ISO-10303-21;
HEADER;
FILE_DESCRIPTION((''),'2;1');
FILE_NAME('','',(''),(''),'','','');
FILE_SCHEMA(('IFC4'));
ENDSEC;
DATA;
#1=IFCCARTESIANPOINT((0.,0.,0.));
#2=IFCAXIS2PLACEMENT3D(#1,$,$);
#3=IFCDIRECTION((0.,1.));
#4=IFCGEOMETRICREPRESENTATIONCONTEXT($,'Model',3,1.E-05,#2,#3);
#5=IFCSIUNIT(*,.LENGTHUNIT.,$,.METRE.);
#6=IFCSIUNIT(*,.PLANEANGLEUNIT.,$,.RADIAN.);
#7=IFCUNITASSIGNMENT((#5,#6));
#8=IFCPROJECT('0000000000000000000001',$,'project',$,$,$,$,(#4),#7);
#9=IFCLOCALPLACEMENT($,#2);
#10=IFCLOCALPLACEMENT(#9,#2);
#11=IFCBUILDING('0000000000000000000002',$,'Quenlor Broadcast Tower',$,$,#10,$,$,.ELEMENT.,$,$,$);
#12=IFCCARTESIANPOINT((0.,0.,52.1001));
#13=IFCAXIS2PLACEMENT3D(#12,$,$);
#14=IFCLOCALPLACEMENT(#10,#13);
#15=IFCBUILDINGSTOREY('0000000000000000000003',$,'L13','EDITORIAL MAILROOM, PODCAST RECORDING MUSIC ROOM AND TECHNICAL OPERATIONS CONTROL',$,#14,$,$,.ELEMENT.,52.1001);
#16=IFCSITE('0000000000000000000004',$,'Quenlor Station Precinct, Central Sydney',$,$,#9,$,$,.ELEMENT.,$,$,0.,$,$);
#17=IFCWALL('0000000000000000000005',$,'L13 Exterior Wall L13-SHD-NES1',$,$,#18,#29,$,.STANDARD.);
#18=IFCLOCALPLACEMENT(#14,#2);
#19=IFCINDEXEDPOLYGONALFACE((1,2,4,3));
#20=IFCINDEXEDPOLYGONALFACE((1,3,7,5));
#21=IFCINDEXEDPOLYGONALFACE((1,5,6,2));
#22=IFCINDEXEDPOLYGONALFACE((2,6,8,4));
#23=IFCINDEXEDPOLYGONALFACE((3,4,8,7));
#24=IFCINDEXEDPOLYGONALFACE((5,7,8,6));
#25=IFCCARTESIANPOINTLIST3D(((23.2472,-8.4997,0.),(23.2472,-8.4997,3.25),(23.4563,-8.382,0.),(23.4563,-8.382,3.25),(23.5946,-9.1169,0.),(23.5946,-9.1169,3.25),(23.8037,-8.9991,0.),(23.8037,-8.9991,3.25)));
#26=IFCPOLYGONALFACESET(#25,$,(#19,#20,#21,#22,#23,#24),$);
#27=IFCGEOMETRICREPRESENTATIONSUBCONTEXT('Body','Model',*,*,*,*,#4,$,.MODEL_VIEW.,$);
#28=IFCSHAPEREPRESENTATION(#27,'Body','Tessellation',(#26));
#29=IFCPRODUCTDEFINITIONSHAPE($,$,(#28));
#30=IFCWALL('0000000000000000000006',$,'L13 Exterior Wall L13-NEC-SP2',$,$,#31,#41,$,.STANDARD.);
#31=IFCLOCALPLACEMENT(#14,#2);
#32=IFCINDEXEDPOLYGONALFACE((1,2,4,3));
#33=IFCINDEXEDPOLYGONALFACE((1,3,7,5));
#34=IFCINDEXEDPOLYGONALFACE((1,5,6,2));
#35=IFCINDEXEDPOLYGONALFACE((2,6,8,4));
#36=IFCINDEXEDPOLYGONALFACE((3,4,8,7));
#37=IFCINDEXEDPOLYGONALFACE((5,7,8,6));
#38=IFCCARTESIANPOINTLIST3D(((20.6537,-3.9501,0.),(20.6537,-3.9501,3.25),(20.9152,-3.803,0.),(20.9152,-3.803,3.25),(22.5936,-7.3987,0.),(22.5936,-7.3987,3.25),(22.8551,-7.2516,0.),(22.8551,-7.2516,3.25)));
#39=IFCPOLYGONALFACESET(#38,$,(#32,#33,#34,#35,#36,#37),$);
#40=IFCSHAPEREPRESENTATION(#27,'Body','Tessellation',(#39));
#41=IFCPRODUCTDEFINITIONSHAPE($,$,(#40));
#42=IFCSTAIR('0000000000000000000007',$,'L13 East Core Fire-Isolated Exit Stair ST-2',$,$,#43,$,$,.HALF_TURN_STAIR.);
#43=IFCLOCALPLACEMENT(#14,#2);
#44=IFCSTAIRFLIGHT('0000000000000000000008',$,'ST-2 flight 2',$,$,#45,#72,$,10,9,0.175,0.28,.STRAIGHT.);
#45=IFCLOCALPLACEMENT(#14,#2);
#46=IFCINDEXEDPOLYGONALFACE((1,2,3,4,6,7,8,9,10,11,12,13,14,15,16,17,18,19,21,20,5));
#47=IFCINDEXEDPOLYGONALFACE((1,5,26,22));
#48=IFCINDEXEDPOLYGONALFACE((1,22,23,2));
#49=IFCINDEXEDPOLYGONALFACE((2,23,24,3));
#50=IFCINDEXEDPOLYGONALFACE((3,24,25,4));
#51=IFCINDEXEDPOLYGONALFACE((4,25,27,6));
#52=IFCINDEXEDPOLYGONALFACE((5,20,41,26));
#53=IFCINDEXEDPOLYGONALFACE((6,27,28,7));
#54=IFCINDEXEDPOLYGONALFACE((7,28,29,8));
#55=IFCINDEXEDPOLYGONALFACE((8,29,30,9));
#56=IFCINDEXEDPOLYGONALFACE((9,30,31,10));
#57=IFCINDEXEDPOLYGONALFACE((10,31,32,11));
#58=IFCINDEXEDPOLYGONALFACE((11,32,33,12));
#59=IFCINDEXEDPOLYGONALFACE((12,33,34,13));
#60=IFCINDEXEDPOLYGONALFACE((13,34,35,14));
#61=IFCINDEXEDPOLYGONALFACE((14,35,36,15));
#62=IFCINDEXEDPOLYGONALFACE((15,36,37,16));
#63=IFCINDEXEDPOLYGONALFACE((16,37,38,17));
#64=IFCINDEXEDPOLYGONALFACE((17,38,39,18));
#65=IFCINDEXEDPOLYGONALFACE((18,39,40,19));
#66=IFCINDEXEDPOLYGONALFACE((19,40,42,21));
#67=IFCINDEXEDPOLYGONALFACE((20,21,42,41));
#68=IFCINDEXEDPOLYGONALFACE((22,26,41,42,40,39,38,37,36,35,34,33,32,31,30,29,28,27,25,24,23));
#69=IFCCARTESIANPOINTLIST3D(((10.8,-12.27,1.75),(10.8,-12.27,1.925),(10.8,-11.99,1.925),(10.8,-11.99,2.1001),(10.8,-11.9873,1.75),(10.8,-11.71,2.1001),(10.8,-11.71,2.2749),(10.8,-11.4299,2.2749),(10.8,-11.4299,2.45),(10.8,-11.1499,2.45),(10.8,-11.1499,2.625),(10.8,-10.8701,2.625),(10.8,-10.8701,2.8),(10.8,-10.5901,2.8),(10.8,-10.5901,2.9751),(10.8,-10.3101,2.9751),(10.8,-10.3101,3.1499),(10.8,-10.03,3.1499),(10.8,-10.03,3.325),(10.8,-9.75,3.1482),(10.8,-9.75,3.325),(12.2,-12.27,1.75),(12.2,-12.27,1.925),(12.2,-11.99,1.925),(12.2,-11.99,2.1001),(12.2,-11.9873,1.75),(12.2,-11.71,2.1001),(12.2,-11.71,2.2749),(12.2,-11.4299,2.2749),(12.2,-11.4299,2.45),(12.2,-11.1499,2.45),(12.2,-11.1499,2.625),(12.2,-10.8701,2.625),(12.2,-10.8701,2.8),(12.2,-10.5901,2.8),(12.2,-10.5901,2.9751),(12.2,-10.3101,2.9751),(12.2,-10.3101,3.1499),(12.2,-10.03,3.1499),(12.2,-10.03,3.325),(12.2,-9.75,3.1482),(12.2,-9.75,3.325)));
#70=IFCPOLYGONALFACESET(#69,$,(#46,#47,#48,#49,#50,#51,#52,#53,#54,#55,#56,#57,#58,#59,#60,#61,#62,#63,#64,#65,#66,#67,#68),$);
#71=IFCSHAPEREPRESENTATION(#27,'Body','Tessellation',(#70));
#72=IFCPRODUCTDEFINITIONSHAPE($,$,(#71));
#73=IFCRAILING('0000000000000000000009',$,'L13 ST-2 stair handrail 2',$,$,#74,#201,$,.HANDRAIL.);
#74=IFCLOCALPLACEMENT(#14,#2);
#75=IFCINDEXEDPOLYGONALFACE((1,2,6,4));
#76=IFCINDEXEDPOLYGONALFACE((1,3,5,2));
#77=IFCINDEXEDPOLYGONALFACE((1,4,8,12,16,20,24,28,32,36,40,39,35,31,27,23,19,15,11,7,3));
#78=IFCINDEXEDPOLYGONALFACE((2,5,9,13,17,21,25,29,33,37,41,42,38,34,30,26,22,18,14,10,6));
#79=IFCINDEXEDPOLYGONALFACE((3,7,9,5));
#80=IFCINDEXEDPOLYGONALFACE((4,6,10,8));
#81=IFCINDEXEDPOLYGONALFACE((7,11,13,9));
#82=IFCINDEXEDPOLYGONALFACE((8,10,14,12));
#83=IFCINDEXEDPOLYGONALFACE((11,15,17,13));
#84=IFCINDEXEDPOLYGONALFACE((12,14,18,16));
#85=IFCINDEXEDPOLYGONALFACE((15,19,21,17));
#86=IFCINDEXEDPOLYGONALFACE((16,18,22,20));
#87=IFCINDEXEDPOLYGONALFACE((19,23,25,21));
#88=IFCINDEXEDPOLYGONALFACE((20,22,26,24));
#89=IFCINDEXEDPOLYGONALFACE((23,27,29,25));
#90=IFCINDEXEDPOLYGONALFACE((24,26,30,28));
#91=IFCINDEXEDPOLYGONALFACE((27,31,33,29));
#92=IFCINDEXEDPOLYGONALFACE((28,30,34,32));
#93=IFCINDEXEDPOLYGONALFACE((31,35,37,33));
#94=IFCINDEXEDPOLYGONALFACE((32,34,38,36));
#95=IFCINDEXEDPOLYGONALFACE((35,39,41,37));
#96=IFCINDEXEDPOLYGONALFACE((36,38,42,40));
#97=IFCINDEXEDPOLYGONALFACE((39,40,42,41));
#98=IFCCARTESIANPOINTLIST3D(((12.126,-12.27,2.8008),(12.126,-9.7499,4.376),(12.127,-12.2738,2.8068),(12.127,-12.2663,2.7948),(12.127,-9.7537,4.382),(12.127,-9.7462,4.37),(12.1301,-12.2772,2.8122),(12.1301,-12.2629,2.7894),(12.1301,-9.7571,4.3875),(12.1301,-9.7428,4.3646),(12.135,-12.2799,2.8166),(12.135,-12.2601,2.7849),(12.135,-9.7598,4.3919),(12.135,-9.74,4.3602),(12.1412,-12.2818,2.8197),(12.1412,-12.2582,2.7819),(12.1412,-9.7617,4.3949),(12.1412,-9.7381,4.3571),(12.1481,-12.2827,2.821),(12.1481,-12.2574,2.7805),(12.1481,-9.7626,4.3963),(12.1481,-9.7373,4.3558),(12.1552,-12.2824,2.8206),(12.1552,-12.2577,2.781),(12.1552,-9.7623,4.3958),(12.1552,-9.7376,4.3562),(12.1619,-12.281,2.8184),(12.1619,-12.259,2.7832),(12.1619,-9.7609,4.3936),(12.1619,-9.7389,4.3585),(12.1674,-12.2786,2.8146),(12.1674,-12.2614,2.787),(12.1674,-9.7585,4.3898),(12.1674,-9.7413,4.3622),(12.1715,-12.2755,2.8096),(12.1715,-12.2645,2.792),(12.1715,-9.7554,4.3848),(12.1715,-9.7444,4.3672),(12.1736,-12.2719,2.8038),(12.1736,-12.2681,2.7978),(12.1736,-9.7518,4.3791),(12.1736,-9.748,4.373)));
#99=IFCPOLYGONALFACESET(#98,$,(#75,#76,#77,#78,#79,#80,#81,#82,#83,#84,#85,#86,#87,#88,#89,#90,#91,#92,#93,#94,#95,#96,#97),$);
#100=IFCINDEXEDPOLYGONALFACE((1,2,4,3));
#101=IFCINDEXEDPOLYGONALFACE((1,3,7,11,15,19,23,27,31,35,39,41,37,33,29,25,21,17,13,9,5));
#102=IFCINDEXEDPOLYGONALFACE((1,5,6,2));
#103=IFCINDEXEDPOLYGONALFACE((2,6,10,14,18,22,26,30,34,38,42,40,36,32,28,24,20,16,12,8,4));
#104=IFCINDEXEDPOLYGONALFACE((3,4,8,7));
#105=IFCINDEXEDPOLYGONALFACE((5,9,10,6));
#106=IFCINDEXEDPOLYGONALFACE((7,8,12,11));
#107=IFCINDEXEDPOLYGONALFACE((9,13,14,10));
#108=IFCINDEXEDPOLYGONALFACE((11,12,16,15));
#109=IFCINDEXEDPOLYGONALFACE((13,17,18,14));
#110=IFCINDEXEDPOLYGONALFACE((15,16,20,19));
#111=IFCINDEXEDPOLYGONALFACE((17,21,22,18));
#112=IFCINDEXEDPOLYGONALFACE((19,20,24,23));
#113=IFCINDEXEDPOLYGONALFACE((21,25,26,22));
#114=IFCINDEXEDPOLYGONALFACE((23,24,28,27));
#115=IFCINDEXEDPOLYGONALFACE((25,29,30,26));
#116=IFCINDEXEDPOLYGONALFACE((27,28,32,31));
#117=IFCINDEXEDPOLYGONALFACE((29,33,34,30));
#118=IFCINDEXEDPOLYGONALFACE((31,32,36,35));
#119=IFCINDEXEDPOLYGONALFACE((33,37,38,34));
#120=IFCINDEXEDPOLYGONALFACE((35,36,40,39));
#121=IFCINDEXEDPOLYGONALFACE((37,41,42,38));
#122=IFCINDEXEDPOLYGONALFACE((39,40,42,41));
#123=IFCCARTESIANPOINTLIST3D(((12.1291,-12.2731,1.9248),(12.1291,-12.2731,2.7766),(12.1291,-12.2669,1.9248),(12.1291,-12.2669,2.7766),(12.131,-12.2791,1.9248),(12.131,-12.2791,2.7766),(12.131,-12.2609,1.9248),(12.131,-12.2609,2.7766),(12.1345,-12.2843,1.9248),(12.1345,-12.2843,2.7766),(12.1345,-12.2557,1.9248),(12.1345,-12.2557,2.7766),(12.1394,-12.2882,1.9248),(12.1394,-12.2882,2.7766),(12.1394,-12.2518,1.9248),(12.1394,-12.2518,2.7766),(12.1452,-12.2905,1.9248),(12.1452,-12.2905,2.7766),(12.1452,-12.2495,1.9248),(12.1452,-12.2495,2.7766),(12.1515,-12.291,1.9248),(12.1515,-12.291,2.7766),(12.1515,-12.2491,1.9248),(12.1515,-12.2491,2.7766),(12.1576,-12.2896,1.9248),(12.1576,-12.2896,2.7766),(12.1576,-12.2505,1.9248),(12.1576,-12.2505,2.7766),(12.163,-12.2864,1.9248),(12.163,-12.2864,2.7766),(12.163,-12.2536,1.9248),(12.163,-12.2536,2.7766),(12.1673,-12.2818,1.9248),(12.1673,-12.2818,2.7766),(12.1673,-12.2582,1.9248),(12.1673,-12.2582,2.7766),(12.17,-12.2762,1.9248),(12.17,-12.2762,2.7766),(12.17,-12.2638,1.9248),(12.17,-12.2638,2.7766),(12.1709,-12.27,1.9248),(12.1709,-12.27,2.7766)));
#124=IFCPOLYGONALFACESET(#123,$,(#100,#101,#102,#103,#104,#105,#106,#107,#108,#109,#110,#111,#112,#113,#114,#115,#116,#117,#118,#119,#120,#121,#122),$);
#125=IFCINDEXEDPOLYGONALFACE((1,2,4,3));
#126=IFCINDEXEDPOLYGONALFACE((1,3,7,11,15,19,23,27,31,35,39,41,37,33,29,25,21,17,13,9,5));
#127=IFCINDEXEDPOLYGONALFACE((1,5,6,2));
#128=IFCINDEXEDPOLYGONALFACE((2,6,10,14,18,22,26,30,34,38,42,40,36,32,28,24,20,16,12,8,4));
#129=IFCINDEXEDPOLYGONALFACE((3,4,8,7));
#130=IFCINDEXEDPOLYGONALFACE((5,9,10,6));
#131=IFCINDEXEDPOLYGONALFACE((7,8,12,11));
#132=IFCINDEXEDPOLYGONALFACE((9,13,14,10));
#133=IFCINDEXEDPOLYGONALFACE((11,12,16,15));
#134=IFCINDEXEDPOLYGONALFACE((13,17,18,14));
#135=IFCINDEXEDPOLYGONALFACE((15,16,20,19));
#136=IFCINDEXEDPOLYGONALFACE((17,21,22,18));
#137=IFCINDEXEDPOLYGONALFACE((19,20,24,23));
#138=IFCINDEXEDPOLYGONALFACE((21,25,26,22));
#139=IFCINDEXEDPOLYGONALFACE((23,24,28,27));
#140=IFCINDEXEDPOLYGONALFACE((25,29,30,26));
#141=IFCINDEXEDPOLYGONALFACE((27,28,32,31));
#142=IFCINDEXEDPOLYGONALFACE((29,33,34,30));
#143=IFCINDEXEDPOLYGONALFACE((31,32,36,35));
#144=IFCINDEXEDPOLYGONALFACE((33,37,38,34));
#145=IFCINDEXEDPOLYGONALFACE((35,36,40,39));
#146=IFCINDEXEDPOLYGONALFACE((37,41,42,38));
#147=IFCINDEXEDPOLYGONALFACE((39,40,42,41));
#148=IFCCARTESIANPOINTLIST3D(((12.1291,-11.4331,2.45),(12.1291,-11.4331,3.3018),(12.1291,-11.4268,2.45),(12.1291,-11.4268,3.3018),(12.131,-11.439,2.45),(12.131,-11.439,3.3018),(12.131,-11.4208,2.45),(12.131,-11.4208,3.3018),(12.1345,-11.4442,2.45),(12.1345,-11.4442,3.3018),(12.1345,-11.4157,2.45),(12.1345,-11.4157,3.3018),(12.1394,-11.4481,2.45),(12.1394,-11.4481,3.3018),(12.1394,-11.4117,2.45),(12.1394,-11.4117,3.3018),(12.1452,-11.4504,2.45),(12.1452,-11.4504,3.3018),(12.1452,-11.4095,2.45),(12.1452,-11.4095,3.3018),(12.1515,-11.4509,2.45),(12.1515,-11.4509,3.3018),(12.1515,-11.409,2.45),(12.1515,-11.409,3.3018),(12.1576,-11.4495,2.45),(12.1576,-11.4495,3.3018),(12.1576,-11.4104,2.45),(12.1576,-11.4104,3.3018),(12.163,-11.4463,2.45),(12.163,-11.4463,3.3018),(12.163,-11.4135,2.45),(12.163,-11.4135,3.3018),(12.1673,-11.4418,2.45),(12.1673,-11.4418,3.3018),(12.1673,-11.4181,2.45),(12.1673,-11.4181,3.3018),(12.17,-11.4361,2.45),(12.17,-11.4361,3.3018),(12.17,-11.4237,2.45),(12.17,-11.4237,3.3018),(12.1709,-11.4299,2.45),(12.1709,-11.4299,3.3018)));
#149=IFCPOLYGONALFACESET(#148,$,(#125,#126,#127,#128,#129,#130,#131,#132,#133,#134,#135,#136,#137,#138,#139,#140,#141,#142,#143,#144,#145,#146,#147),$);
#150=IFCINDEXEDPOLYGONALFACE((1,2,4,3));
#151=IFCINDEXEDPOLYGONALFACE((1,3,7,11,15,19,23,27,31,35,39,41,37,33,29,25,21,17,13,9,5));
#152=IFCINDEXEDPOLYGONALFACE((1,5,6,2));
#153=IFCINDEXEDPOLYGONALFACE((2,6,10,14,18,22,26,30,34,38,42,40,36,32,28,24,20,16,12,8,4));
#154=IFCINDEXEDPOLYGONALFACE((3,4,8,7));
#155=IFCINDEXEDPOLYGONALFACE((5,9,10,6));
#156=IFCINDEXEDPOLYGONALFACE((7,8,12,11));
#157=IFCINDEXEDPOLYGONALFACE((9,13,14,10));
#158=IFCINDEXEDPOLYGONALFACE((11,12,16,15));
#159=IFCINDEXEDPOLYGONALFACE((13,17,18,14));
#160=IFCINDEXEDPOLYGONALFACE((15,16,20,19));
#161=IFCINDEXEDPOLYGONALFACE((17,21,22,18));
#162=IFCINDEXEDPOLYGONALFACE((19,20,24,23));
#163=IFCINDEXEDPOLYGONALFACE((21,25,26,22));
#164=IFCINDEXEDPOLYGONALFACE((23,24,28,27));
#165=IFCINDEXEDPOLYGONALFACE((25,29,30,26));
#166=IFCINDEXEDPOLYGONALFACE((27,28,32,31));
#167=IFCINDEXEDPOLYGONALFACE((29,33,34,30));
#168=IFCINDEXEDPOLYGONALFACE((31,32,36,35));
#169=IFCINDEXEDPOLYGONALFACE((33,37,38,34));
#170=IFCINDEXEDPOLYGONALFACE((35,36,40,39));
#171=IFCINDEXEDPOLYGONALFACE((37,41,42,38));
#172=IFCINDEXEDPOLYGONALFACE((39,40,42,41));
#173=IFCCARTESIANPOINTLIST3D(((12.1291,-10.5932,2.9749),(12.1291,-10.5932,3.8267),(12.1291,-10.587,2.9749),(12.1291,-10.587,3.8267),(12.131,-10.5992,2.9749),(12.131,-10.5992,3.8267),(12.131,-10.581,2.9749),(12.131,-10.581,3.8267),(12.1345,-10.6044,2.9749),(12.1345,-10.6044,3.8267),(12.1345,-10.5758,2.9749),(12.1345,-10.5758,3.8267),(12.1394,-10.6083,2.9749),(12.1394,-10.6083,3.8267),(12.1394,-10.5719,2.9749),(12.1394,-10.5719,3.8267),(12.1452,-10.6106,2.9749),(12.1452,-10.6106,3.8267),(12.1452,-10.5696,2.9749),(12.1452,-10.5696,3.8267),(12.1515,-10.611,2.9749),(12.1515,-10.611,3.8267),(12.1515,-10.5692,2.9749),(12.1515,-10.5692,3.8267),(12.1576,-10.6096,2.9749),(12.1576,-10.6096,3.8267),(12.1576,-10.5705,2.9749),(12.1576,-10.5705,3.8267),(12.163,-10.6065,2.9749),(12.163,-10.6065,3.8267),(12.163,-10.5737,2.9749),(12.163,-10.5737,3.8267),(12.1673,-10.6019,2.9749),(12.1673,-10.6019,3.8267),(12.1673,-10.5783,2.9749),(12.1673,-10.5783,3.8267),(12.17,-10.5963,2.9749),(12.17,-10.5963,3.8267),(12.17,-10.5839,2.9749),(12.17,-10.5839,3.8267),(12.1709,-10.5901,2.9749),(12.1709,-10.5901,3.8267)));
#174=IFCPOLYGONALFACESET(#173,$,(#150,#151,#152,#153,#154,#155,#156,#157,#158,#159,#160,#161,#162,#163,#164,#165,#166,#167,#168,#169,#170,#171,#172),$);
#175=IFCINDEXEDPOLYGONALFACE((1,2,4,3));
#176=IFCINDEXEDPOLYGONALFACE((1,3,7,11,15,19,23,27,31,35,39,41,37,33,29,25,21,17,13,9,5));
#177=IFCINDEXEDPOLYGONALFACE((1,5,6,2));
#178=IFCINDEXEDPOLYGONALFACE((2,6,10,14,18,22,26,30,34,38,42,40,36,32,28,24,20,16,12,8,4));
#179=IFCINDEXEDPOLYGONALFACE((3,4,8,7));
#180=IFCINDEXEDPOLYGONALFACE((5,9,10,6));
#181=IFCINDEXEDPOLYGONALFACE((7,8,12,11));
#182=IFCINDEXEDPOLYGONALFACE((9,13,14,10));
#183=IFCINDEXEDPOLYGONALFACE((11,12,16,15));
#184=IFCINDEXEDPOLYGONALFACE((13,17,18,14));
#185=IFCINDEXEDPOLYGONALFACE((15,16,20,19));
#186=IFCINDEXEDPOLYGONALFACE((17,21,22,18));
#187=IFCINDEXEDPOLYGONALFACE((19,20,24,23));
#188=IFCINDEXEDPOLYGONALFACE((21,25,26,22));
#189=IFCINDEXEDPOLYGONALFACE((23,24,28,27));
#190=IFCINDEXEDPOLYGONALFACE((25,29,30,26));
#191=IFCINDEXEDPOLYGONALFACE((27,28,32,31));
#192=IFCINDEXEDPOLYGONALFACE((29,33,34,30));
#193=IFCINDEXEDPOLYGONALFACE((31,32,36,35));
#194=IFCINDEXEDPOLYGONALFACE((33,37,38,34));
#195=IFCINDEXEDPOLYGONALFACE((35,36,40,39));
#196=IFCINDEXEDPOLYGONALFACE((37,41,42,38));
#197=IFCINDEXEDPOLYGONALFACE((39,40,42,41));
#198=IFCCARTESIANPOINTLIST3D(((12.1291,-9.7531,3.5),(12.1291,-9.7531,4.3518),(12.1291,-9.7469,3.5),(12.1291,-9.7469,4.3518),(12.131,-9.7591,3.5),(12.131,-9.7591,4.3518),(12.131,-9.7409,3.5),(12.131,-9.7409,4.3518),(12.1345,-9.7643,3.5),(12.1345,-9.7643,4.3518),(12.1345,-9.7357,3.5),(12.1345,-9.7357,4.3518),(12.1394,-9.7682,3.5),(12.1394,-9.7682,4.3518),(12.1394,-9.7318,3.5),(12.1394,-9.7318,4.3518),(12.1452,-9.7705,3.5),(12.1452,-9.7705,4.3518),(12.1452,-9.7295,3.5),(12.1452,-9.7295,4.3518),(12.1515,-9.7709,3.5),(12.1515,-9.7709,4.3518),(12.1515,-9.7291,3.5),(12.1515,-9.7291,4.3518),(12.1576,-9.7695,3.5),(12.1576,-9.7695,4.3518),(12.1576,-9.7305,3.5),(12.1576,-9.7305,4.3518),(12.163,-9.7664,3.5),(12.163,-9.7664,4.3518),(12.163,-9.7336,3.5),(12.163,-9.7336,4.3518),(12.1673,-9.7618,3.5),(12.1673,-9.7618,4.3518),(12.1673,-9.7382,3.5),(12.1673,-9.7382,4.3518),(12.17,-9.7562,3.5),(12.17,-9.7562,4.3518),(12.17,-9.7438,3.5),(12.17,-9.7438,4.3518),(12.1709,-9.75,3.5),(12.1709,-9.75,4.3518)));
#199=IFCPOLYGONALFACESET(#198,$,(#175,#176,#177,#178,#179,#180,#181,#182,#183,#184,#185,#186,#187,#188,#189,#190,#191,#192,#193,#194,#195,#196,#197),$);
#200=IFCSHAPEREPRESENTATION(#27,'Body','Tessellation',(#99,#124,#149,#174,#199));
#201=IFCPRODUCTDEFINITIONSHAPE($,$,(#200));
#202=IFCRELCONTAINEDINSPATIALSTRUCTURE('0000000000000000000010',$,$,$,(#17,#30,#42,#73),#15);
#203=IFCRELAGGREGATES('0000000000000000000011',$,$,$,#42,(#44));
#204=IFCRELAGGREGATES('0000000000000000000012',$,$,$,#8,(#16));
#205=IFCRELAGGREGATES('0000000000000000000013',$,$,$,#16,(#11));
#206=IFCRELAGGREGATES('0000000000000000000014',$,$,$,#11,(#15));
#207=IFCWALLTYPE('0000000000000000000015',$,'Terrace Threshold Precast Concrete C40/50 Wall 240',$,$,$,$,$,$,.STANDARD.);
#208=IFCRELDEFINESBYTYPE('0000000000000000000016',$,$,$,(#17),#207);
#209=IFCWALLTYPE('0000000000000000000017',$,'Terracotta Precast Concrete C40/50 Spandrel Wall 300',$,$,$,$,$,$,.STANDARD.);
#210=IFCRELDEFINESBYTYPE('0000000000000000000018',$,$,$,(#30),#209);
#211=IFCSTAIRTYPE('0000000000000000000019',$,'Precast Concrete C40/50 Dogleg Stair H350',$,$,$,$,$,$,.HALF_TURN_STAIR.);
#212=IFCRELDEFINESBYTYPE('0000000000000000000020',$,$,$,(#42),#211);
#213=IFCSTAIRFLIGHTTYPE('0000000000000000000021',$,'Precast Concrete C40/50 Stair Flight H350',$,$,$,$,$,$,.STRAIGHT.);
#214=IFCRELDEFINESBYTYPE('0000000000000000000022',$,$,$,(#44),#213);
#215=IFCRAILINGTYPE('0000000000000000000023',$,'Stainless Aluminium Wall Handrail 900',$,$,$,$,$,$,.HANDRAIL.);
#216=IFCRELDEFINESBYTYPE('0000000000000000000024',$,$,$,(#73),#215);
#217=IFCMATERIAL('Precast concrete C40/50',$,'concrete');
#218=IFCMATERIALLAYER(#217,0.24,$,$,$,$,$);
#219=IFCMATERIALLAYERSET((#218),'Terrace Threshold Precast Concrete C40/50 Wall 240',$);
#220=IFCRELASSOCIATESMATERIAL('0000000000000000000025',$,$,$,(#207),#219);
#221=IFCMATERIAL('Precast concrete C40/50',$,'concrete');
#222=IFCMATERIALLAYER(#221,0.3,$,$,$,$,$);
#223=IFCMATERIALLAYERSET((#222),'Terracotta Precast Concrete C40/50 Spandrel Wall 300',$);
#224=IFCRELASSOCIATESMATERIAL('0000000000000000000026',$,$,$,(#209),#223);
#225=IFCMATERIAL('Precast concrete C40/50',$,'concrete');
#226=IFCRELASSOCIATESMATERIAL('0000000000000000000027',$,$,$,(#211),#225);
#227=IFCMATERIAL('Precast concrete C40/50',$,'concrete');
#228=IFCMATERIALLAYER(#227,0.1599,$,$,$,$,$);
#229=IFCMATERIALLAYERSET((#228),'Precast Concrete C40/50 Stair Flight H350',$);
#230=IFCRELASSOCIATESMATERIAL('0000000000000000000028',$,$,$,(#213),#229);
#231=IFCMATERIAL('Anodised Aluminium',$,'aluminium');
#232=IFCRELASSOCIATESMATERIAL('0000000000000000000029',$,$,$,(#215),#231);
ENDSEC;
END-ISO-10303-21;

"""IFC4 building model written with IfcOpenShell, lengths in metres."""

from ifc_helpers import new_model, si_unit, direction, frame, frame_2d, origin, origin_2d, place, context, subcontext, project, spatial, polyline, rectangle, circle, outline, extrude, material, layer, layer_set, type_object, element, aggregate, save


model = new_model("IFC4")

# Units and contexts
model_context = context("Model", 3, precision=1e-05, world=origin(), true_north=direction((0.0, 1.0)))
body_context = subcontext(model_context, "Body", "Model", "MODEL_VIEW")
ifc_project = project(units=[si_unit("LENGTHUNIT", "METRE"), si_unit("PLANEANGLEUNIT", "RADIAN")], contexts=[model_context])

# Site, building, storey
site_placement = place(None, origin())
site = spatial("IfcSite", under=ifc_project, at=site_placement, Name="Quenlor Station Precinct, Central Sydney", CompositionType="ELEMENT", RefElevation=0.0)
building_placement = place(site_placement, origin())
building = spatial("IfcBuilding", under=site, at=building_placement, Name="Quenlor Broadcast Tower", CompositionType="ELEMENT")
storey_placement = place(building_placement, frame((0.0, 0.0, 52.1001)))
storey = spatial("IfcBuildingStorey", under=building, at=storey_placement, Name="L13", Description="EDITORIAL MAILROOM, PODCAST RECORDING MUSIC ROOM AND TECHNICAL OPERATIONS CONTROL", CompositionType="ELEMENT", Elevation=52.1001)

# Walls
ifc_material_1 = material(Name="Precast concrete C40/50", Category="concrete")
ifc_layer_1 = layer(ifc_material_1, 0.24)
ifc_layer_set_1 = layer_set([ifc_layer_1], Name="Terrace Threshold Precast Concrete C40/50 Wall 240")
wall_type_1 = type_object("IfcWallType", Name="Terrace Threshold Precast Concrete C40/50 Wall 240", PredefinedType="STANDARD", material=ifc_layer_set_1)
wall_1_placement = place(storey_placement, frame((23.3518, -8.4409, 0.0), z_axis=(0.0, 0.0, 1.0), x_axis=(0.490523, -0.871428, 0.0)))
element("IfcWall", 1, at=wall_1_placement, inside=storey, type_object=wall_type_1, Name="L13 Exterior Wall L13-SHD-NES1", PredefinedType="STANDARD", context=body_context, shape_type="SweptSolid", body=[
    extrude(rectangle(XDim=0.7083, YDim=0.24, at=frame_2d((0.354, 0.0))), origin(), (0.0, 0.0, 1.0), 3.25),
])
ifc_material_2 = material(Name="Precast concrete C40/50", Category="concrete")
ifc_layer_2 = layer(ifc_material_2, 0.3)
ifc_layer_set_2 = layer_set([ifc_layer_2], Name="Terracotta Precast Concrete C40/50 Spandrel Wall 300")
wall_type_2 = type_object("IfcWallType", Name="Terracotta Precast Concrete C40/50 Spandrel Wall 300", PredefinedType="STANDARD", material=ifc_layer_set_2)
wall_2_placement = place(storey_placement, frame((20.7844, -3.8765, 0.0), z_axis=(0.0, 0.0, 1.0), x_axis=(0.490267, -0.871572, 0.0)))
element("IfcWall", 2, at=wall_2_placement, inside=storey, type_object=wall_type_2, Name="L13 Exterior Wall L13-NEC-SP2", PredefinedType="STANDARD", context=body_context, shape_type="SweptSolid", body=[
    extrude(rectangle(XDim=3.9568, YDim=0.3, at=frame_2d((1.9785, 0.0))), origin(), (0.0, 0.0, 1.0), 3.25),
])

# Stair, stair flight
ifc_material_3 = material(Name="Precast concrete C40/50", Category="concrete")
stair_type = type_object("IfcStairType", Name="Precast Concrete C40/50 Dogleg Stair H350", PredefinedType="HALF_TURN_STAIR", material=ifc_material_3)
stair_placement = place(storey_placement, origin())
stair = element("IfcStair", 3, at=stair_placement, inside=storey, type_object=stair_type, Name="L13 East Core Fire-Isolated Exit Stair ST-2", PredefinedType="HALF_TURN_STAIR")
ifc_material_4 = material(Name="Precast concrete C40/50", Category="concrete")
ifc_layer_3 = layer(ifc_material_4, 0.1599)
ifc_layer_set_3 = layer_set([ifc_layer_3], Name="Precast Concrete C40/50 Stair Flight H350")
stair_flight_type = type_object("IfcStairFlightType", Name="Precast Concrete C40/50 Stair Flight H350", PredefinedType="STRAIGHT", material=ifc_layer_set_3)
stair_flight_placement = place(storey_placement, frame((11.5, -12.27, 1.75), z_axis=(0.0, 0.0, 1.0), x_axis=(0.0, 1.0, 0.0)))
stair_flight = element("IfcStairFlight", 4, at=stair_flight_placement, type_object=stair_flight_type, Name="ST-2 flight 2", NumberOfRisers=10, NumberOfTreads=9, PredefinedType="STRAIGHT", RiserHeight=0.175, TreadLength=0.28, context=body_context, shape_type="SweptSolid", body=[
    extrude(outline(polyline([(0.0, 0.0), (0.0, 0.175), (0.28, 0.175), (0.28, 0.3501), (0.5601, 0.3501), (0.5601, 0.5249), (0.8401, 0.5249), (0.8401, 0.7), (1.1201, 0.7), (1.1201, 0.875), (1.3999, 0.875), (1.3999, 1.05), (1.6799, 1.05), (1.6799, 1.2251), (1.96, 1.2251), (1.96, 1.3999), (2.24, 1.3999), (2.24, 1.575), (2.52, 1.575), (2.52, 1.75), (2.52, 1.3982), (0.2827, 0.0), (0.0, 0.0)])), frame((0.0, 0.7, 0.0), z_axis=(0.0, -1.0, 0.0), x_axis=(1.0, 0.0, 0.0)), (0.0, 0.0, 1.0), 1.3999),
])
aggregate(stair, [stair_flight])

# Railing
ifc_material_5 = material(Name="Anodised Aluminium", Category="aluminium")
railing_type_1 = type_object("IfcRailingType", Name="Stainless Aluminium Wall Handrail 900", PredefinedType="HANDRAIL", material=ifc_material_5)
railing_1_placement = place(storey_placement, frame((12.1499, -12.27, 1.9248)))
element("IfcRailing", 5, at=railing_1_placement, inside=storey, type_object=railing_type_1, Name="L13 ST-2 stair handrail 2", PredefinedType="HANDRAIL", context=body_context, shape_type="SweptSolid", body=[
    extrude(circle(Radius=0.0239, at=origin_2d()), frame((0.0, 0.0, 0.876), z_axis=(0.0, 0.847971, 0.530043), x_axis=(-1.0, 0.0, 0.0)), (0.0, 0.0, 1.0), 2.9719),
    extrude(circle(Radius=0.021, at=origin_2d()), origin(), (0.0, 0.0, 1.0), 0.8518),
    extrude(circle(Radius=0.021, at=origin_2d()), frame((0.0, 0.8401, 0.5251)), (0.0, 0.0, 1.0), 0.8518),
    extrude(circle(Radius=0.021, at=origin_2d()), frame((0.0, 1.6799, 1.05)), (0.0, 0.0, 1.0), 0.8518),
    extrude(circle(Radius=0.021, at=origin_2d()), frame((0.0, 2.52, 1.5752)), (0.0, 0.0, 1.0), 0.8518),
])

save(model, "model.ifc")
